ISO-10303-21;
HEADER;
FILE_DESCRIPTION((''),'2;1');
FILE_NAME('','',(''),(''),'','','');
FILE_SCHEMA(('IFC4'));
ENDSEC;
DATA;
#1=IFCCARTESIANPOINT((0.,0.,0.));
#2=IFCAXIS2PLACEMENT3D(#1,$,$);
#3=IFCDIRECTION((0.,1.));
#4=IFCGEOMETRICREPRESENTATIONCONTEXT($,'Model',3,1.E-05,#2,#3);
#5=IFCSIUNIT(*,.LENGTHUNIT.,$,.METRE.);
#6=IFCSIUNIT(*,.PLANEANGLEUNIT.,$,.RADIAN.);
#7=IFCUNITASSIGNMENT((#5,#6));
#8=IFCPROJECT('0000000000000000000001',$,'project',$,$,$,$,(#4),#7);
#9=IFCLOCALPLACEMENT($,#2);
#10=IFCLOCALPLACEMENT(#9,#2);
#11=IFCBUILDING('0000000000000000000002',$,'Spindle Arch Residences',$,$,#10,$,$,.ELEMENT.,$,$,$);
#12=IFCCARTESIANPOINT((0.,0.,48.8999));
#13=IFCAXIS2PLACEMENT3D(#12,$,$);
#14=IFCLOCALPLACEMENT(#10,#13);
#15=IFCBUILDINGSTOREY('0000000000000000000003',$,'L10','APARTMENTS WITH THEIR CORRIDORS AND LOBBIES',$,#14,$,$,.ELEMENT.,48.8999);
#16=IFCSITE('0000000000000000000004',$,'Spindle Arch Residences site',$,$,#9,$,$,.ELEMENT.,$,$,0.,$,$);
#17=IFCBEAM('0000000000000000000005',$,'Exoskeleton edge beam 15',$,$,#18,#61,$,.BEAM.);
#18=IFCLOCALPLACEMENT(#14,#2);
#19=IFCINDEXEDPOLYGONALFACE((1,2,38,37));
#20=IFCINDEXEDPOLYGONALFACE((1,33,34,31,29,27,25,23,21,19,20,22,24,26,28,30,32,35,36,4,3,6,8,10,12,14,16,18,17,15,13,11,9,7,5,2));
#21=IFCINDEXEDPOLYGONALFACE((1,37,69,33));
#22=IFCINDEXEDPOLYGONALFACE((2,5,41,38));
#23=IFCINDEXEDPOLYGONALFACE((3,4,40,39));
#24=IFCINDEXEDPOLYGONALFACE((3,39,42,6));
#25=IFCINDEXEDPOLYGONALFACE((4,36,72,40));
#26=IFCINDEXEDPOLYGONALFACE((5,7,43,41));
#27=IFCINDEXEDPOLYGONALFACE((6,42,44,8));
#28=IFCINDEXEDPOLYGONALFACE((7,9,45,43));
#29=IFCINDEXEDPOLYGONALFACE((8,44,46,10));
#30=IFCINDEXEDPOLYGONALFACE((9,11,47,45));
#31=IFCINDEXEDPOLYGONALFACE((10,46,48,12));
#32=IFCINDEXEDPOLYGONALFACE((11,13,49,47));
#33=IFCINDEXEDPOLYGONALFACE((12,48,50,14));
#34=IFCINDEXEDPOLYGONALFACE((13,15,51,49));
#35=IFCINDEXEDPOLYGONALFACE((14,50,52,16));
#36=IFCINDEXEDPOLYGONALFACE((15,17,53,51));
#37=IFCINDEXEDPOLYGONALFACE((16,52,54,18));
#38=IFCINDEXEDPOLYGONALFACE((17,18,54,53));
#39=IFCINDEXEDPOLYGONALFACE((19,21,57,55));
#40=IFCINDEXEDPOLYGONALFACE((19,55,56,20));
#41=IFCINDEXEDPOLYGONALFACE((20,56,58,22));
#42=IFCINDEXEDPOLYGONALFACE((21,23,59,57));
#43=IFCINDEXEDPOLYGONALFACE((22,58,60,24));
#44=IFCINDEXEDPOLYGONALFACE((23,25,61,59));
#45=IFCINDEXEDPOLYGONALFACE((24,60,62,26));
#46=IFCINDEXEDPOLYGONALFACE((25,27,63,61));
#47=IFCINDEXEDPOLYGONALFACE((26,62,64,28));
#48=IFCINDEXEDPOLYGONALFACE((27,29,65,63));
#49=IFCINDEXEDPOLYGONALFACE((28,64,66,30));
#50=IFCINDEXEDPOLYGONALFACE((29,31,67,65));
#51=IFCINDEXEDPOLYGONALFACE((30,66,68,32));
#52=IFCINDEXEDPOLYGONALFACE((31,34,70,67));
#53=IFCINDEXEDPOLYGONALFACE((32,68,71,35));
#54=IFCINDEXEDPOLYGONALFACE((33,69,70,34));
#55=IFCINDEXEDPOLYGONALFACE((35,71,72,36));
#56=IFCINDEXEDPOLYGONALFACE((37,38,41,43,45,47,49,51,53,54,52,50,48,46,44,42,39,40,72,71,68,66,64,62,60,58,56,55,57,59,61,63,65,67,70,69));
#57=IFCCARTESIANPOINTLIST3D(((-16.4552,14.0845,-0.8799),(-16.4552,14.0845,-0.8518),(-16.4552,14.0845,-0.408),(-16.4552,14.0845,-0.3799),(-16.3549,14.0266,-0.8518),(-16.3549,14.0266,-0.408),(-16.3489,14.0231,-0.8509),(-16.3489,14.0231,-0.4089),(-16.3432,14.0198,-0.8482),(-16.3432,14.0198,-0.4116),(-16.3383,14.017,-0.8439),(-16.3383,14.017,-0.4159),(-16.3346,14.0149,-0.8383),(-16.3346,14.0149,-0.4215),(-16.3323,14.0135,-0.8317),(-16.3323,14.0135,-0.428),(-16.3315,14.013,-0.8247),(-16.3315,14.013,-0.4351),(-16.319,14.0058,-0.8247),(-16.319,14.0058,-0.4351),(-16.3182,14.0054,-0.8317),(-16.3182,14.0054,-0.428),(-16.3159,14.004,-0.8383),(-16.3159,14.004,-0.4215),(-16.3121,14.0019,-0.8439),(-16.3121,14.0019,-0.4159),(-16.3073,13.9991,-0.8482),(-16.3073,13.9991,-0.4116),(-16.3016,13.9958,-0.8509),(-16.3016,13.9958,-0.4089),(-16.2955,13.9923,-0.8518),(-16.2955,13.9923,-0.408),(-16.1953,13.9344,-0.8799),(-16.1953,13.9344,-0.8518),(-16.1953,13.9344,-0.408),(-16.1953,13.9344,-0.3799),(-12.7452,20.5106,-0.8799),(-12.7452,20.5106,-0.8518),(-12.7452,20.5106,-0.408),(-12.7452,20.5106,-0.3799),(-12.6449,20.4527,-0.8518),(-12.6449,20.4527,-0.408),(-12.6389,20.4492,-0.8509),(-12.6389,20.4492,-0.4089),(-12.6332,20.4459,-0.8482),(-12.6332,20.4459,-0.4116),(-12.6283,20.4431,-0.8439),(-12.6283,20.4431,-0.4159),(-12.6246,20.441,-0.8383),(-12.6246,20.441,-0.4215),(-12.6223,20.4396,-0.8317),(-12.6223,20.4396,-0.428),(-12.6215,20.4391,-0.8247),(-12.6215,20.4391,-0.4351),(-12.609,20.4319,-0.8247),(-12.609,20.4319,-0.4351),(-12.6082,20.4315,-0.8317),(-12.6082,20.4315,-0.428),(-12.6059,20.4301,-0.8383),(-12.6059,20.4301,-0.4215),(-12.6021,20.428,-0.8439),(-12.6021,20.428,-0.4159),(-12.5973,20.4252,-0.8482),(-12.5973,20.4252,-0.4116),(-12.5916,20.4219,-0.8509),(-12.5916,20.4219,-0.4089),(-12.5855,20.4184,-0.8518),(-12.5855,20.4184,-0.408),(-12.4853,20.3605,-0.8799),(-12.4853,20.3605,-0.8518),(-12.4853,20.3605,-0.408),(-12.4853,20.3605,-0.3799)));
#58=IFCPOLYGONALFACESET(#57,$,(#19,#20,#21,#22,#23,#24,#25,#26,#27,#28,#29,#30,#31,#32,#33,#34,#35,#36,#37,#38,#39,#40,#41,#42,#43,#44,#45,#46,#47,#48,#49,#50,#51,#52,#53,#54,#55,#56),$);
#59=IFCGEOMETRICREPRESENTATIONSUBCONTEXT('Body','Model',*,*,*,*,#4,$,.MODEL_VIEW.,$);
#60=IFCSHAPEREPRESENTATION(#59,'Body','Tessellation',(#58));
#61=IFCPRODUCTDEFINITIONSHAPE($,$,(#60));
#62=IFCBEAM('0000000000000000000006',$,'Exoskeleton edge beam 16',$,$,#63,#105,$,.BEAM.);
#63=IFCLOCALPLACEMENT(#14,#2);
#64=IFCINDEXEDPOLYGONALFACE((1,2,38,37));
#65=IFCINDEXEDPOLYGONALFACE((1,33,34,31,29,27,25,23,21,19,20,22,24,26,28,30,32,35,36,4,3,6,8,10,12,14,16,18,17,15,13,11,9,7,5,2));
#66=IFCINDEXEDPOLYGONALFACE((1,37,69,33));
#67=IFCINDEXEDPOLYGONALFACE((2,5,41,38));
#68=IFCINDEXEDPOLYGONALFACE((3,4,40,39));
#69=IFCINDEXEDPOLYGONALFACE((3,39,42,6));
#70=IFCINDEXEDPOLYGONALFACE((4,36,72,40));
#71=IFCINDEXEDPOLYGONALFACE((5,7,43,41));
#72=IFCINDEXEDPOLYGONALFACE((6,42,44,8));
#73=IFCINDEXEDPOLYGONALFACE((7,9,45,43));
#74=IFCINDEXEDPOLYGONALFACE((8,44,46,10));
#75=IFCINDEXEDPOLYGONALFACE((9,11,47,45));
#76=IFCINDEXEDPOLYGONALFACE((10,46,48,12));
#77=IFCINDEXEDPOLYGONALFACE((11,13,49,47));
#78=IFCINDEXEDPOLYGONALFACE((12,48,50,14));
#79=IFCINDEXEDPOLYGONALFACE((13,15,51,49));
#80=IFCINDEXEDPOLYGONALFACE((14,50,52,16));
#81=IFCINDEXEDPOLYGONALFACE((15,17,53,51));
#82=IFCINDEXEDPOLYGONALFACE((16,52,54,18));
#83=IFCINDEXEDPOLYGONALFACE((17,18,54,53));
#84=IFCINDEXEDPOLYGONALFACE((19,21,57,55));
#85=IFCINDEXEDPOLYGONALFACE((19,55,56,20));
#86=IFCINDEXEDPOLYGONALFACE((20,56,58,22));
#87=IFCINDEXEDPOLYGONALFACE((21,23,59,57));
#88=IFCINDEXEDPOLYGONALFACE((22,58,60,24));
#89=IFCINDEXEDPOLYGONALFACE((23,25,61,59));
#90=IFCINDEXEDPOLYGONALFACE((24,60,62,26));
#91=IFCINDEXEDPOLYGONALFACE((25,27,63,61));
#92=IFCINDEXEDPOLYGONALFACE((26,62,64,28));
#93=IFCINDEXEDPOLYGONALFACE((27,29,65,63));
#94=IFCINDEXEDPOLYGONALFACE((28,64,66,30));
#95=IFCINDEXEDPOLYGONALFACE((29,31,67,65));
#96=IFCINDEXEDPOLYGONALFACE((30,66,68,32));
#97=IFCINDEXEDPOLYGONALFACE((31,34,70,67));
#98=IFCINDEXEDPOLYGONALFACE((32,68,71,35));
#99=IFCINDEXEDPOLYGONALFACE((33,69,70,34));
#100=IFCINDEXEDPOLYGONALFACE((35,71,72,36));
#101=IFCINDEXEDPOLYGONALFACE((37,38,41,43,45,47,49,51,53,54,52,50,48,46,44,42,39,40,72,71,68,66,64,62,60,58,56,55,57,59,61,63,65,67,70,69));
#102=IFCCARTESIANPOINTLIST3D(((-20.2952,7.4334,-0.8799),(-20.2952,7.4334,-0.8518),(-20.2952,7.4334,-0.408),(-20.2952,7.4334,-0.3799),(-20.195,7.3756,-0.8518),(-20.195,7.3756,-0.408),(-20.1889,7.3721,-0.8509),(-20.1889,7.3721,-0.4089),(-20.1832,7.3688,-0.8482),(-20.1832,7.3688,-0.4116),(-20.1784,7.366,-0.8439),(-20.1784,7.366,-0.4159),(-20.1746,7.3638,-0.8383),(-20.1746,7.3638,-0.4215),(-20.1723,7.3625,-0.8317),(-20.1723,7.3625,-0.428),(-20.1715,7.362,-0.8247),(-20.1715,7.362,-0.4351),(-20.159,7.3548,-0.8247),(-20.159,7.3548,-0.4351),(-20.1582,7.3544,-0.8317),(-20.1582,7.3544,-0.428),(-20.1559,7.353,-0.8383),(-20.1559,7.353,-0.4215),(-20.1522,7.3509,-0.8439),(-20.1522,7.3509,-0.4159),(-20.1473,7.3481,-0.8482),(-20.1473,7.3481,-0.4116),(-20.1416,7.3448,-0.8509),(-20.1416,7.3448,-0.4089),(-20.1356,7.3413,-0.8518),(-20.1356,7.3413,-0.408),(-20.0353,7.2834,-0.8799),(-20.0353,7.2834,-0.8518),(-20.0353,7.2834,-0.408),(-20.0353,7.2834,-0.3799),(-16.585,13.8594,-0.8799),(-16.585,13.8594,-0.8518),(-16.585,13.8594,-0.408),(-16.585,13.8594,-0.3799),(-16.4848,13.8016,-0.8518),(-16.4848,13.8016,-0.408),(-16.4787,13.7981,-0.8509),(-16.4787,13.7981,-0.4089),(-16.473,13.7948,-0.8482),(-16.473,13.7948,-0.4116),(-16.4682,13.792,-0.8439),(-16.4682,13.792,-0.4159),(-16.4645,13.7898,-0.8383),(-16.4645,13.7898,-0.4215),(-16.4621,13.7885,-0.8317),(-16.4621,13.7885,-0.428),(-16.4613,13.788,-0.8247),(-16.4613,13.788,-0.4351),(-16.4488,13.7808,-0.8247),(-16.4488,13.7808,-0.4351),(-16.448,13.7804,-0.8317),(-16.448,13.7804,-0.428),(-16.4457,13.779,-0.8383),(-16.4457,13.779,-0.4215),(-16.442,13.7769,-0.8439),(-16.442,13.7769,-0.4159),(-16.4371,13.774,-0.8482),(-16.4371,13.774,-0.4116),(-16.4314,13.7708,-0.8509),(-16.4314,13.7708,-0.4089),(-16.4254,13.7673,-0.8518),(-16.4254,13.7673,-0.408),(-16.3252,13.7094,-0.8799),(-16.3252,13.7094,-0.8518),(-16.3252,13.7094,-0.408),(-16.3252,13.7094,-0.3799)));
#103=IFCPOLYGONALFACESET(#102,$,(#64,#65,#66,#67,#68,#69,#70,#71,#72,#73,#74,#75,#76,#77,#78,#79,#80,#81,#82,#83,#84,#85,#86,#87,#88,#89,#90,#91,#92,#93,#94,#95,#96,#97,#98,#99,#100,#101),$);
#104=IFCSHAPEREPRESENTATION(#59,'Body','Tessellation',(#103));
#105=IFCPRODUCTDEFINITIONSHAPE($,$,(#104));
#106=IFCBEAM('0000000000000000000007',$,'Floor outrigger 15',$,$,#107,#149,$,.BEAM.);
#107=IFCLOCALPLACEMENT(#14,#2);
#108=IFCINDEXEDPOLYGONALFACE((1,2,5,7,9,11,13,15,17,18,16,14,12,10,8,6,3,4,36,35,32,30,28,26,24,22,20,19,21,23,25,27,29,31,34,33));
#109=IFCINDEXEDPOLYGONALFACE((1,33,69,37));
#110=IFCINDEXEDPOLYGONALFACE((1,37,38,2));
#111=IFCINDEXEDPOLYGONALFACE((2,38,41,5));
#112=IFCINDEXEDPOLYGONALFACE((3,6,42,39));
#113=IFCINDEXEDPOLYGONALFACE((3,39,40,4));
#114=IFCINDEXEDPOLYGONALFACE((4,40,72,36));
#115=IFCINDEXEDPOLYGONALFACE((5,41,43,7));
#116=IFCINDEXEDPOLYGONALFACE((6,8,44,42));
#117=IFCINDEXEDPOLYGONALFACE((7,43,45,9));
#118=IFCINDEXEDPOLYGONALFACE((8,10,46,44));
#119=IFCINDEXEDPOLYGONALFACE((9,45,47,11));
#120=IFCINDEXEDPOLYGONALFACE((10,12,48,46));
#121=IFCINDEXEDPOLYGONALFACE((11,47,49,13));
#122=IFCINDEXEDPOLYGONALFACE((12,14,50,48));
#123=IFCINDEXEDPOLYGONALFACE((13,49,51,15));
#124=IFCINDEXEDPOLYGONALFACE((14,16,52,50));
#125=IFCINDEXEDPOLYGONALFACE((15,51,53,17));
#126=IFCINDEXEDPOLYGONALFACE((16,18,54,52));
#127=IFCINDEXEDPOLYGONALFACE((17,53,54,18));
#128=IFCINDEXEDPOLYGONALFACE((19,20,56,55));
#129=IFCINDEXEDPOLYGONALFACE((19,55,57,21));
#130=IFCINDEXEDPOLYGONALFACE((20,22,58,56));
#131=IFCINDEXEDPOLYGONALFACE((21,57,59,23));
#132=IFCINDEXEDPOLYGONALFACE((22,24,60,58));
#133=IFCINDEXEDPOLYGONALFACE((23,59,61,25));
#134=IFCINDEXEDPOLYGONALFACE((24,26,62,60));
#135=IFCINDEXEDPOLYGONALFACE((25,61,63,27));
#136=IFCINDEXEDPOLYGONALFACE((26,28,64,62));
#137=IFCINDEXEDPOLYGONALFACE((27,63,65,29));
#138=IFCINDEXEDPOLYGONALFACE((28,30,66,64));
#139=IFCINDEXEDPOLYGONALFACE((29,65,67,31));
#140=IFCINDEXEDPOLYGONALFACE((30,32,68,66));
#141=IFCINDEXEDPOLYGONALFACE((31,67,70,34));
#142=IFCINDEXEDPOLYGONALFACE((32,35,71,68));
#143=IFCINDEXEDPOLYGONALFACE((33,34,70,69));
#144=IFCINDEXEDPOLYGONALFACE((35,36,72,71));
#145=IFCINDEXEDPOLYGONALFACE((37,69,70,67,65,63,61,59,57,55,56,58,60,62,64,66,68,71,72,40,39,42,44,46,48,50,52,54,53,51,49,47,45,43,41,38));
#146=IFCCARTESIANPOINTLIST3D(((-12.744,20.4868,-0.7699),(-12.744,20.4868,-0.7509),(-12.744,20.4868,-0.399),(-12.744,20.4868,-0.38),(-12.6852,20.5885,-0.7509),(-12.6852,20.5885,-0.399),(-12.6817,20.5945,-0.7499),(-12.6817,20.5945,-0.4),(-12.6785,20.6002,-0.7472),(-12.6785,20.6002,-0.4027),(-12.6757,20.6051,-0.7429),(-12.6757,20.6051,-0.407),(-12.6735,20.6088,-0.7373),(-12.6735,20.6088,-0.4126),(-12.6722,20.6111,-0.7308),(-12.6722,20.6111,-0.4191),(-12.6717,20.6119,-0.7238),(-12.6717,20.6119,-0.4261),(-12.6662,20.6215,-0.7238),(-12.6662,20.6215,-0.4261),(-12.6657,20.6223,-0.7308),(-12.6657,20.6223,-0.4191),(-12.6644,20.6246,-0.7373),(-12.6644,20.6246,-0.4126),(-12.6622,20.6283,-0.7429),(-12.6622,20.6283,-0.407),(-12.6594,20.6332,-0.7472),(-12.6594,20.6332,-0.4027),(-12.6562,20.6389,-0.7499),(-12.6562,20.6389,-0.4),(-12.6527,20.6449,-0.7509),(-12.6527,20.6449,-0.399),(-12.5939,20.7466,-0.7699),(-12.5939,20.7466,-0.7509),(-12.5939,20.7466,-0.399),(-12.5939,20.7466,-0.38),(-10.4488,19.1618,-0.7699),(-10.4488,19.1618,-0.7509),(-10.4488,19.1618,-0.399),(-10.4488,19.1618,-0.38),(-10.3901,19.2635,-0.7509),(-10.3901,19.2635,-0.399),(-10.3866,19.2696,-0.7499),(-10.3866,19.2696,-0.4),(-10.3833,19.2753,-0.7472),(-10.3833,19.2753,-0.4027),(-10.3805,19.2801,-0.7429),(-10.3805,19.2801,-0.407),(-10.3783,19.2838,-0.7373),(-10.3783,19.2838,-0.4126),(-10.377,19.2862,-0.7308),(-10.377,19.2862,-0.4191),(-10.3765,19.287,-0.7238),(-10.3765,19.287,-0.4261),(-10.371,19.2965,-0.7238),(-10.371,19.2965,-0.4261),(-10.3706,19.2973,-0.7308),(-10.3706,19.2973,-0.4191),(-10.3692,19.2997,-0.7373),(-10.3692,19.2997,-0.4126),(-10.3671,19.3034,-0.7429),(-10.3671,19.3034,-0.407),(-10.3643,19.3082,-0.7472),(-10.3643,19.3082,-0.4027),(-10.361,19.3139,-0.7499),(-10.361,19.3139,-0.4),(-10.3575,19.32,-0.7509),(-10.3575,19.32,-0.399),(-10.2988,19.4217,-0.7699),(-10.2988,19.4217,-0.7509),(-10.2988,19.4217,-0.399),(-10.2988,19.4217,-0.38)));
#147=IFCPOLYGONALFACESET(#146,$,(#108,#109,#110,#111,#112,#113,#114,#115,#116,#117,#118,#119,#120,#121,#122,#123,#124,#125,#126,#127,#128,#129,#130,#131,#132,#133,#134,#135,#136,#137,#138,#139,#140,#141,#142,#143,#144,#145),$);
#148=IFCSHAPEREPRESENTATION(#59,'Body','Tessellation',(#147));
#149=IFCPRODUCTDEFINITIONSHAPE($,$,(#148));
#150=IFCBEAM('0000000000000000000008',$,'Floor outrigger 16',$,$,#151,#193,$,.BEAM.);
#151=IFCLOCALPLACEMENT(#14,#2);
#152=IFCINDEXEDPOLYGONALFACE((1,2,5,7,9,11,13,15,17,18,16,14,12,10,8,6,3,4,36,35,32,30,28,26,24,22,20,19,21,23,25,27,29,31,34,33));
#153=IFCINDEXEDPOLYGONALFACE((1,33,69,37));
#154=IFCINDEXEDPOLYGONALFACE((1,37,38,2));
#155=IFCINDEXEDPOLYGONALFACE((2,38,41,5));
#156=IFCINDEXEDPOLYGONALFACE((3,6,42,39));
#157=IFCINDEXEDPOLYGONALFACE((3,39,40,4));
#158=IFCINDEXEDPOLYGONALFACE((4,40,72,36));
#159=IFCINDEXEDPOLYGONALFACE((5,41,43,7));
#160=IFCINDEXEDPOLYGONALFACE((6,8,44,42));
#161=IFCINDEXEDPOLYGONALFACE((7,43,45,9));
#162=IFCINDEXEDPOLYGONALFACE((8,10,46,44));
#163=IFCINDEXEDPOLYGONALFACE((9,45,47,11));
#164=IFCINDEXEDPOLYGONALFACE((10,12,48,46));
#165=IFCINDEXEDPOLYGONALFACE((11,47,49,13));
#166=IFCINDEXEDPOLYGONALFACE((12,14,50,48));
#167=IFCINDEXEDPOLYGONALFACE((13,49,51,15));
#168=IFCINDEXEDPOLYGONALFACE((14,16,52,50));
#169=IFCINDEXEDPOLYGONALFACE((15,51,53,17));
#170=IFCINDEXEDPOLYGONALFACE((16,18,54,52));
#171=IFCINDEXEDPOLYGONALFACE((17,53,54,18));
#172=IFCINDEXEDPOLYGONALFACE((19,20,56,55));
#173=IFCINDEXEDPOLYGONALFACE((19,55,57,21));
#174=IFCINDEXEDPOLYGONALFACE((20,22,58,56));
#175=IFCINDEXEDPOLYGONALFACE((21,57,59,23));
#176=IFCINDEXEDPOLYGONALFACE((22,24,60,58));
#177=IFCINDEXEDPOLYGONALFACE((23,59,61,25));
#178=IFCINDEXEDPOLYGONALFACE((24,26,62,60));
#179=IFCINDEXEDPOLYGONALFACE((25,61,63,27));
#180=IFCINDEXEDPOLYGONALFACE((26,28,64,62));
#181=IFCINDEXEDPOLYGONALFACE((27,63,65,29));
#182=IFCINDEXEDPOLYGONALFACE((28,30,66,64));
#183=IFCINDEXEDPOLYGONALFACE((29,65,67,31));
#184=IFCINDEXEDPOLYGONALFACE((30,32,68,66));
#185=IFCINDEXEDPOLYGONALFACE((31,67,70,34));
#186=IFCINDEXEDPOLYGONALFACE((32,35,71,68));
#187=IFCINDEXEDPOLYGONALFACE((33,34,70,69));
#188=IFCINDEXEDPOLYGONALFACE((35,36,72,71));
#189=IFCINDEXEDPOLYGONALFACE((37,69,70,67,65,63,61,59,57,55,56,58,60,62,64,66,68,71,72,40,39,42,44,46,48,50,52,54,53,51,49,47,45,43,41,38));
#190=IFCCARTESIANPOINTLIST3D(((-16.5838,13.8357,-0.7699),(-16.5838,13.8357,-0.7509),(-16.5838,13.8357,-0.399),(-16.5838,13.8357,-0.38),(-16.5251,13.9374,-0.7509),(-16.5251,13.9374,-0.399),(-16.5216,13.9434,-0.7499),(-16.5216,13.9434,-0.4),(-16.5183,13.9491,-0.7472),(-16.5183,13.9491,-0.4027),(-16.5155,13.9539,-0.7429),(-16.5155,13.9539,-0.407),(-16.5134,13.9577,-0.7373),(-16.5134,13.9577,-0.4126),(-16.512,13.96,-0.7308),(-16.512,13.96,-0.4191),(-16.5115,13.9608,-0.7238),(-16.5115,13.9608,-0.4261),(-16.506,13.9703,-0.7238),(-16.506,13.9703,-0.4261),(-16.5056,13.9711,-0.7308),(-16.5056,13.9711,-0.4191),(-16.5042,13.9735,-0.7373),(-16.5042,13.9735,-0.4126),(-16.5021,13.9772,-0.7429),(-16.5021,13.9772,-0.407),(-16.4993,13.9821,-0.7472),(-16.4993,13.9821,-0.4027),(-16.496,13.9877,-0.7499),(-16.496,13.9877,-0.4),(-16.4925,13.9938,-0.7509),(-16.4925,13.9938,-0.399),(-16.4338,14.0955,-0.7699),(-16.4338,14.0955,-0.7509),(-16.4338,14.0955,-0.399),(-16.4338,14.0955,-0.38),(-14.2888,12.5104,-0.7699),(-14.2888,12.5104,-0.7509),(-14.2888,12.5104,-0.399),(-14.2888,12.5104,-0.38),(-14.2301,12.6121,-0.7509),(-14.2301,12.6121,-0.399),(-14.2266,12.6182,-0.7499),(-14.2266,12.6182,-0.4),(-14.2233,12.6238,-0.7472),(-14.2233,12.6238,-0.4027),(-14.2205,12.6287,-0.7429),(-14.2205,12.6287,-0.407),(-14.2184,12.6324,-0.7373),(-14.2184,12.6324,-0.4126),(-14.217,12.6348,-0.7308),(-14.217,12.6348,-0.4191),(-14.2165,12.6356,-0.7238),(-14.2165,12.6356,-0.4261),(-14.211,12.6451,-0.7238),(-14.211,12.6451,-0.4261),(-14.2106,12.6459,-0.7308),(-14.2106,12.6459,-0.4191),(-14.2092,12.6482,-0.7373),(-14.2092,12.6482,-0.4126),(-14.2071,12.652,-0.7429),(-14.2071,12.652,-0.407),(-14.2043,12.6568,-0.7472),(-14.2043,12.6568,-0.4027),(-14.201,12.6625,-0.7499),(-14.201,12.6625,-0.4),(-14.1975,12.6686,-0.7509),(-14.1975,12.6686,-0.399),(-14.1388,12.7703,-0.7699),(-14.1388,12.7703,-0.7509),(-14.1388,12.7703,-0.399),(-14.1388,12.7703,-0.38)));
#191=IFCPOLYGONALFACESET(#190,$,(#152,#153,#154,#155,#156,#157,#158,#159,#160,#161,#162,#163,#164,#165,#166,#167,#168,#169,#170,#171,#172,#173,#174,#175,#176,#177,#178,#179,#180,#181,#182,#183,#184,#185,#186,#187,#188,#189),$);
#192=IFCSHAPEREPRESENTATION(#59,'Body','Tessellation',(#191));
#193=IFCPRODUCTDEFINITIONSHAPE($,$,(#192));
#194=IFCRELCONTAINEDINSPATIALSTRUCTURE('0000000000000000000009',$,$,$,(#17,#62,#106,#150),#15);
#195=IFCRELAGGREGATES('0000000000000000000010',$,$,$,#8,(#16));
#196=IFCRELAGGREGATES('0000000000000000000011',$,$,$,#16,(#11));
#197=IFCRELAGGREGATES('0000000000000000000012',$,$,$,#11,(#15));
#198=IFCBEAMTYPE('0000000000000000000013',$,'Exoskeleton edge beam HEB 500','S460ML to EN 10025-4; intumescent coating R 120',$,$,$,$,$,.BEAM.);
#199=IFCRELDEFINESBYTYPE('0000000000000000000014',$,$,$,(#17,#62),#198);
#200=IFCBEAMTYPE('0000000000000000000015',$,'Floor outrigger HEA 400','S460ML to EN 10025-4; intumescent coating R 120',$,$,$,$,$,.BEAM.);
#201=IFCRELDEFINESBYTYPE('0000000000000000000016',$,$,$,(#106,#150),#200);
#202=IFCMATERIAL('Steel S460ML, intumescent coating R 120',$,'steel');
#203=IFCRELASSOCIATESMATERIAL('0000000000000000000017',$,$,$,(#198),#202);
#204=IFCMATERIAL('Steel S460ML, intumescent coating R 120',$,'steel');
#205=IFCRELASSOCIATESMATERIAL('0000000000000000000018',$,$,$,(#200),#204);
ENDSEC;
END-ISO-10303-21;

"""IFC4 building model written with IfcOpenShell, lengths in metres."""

from ifc_helpers import new_model, si_unit, direction, frame, origin, origin_2d, place, context, subcontext, project, spatial, i_section, extrude, material, material_profile, profile_set, type_object, element, save


model = new_model("IFC4")

# Units and contexts
model_context = context("Model", 3, precision=1e-05, world=origin(), true_north=direction((0.0, 1.0)))
body_context = subcontext(model_context, "Body", "Model", "MODEL_VIEW")
ifc_project = project(units=[si_unit("LENGTHUNIT", "METRE"), si_unit("PLANEANGLEUNIT", "RADIAN")], contexts=[model_context])

# Site, building, storey
site_placement = place(None, origin())
site = spatial("IfcSite", under=ifc_project, at=site_placement, Name="Spindle Arch Residences site", CompositionType="ELEMENT", RefElevation=0.0)
building_placement = place(site_placement, origin())
building = spatial("IfcBuilding", under=site, at=building_placement, Name="Spindle Arch Residences", CompositionType="ELEMENT")
storey_placement = place(building_placement, frame((0.0, 0.0, 48.8999)))
storey = spatial("IfcBuildingStorey", under=building, at=storey_placement, Name="L10", Description="APARTMENTS WITH THEIR CORRIDORS AND LOBBIES", CompositionType="ELEMENT", Elevation=48.8999)

# Beams
ifc_material_1 = material(Name="Steel S460ML, intumescent coating R 120", Category="steel")
ifc_material_profile_1 = material_profile(ifc_material_1, i_section(OverallWidth=0.3, OverallDepth=0.5, WebThickness=0.0144, FlangeThickness=0.0281, FilletRadius=0.0271, at=origin_2d()), Name="HEB 500")
ifc_profile_set_1 = profile_set([ifc_material_profile_1], Name="Steel S460ML, intumescent coating R 120")
beam_type_1 = type_object("IfcBeamType", Name="Exoskeleton edge beam HEB 500", Description="S460ML to EN 10025-4; intumescent coating R 120", PredefinedType="BEAM", material=ifc_profile_set_1)
for number, where, z_axis, x_axis, name in (
    (1, (-12.6152, 20.4355, -0.6299), (-0.499989, -0.866032, 0.0), (0.866032, -0.499989, 0.0), "Exoskeleton edge beam 15"),
    (2, (-16.4551, 13.7844, -0.6299), (-0.500014, -0.866017, 0.0), (0.866017, -0.500014, 0.0), "Exoskeleton edge beam 16"),
):
    element("IfcBeam", number, at=place(storey_placement, frame(where, z_axis=z_axis, x_axis=x_axis)), inside=storey, type_object=beam_type_1, Name=name, PredefinedType="BEAM", context=body_context, shape_type="SweptSolid", body=[
        extrude(i_section(OverallWidth=0.3, OverallDepth=0.5, WebThickness=0.0144, FlangeThickness=0.0281, FilletRadius=0.0271, at=origin_2d()), origin(), (0.0, 0.0, 1.0), 7.4202),
    ])
ifc_material_2 = material(Name="Steel S460ML, intumescent coating R 120", Category="steel")
ifc_material_profile_2 = material_profile(ifc_material_2, i_section(OverallWidth=0.3, OverallDepth=0.3899, WebThickness=0.011, FlangeThickness=0.019, FilletRadius=0.0271, at=origin_2d()), Name="HEA 400")
ifc_profile_set_2 = profile_set([ifc_material_profile_2], Name="Steel S460ML, intumescent coating R 120")
beam_type_2 = type_object("IfcBeamType", Name="Floor outrigger HEA 400", Description="S460ML to EN 10025-4; intumescent coating R 120", PredefinedType="BEAM", material=ifc_profile_set_2)
for number, where, z_axis, x_axis, name in (
    (3, (-12.6689, 20.6167, -0.575), (0.866052, -0.499954, 0.0), (0.499954, 0.866052, 0.0), "Floor outrigger 15"),
    (4, (-16.5088, 13.9656, -0.575), (0.865989, -0.500063, 0.0), (0.500063, 0.865989, 0.0), "Floor outrigger 16"),
):
    element("IfcBeam", number, at=place(storey_placement, frame(where, z_axis=z_axis, x_axis=x_axis)), inside=storey, type_object=beam_type_2, Name=name, PredefinedType="BEAM", context=body_context, shape_type="SweptSolid", body=[
        extrude(i_section(OverallWidth=0.3, OverallDepth=0.3899, WebThickness=0.011, FlangeThickness=0.019, FilletRadius=0.0271, at=origin_2d()), origin(), (0.0, 0.0, 1.0), 2.6501),
    ])

save(model, "model.ifc")
